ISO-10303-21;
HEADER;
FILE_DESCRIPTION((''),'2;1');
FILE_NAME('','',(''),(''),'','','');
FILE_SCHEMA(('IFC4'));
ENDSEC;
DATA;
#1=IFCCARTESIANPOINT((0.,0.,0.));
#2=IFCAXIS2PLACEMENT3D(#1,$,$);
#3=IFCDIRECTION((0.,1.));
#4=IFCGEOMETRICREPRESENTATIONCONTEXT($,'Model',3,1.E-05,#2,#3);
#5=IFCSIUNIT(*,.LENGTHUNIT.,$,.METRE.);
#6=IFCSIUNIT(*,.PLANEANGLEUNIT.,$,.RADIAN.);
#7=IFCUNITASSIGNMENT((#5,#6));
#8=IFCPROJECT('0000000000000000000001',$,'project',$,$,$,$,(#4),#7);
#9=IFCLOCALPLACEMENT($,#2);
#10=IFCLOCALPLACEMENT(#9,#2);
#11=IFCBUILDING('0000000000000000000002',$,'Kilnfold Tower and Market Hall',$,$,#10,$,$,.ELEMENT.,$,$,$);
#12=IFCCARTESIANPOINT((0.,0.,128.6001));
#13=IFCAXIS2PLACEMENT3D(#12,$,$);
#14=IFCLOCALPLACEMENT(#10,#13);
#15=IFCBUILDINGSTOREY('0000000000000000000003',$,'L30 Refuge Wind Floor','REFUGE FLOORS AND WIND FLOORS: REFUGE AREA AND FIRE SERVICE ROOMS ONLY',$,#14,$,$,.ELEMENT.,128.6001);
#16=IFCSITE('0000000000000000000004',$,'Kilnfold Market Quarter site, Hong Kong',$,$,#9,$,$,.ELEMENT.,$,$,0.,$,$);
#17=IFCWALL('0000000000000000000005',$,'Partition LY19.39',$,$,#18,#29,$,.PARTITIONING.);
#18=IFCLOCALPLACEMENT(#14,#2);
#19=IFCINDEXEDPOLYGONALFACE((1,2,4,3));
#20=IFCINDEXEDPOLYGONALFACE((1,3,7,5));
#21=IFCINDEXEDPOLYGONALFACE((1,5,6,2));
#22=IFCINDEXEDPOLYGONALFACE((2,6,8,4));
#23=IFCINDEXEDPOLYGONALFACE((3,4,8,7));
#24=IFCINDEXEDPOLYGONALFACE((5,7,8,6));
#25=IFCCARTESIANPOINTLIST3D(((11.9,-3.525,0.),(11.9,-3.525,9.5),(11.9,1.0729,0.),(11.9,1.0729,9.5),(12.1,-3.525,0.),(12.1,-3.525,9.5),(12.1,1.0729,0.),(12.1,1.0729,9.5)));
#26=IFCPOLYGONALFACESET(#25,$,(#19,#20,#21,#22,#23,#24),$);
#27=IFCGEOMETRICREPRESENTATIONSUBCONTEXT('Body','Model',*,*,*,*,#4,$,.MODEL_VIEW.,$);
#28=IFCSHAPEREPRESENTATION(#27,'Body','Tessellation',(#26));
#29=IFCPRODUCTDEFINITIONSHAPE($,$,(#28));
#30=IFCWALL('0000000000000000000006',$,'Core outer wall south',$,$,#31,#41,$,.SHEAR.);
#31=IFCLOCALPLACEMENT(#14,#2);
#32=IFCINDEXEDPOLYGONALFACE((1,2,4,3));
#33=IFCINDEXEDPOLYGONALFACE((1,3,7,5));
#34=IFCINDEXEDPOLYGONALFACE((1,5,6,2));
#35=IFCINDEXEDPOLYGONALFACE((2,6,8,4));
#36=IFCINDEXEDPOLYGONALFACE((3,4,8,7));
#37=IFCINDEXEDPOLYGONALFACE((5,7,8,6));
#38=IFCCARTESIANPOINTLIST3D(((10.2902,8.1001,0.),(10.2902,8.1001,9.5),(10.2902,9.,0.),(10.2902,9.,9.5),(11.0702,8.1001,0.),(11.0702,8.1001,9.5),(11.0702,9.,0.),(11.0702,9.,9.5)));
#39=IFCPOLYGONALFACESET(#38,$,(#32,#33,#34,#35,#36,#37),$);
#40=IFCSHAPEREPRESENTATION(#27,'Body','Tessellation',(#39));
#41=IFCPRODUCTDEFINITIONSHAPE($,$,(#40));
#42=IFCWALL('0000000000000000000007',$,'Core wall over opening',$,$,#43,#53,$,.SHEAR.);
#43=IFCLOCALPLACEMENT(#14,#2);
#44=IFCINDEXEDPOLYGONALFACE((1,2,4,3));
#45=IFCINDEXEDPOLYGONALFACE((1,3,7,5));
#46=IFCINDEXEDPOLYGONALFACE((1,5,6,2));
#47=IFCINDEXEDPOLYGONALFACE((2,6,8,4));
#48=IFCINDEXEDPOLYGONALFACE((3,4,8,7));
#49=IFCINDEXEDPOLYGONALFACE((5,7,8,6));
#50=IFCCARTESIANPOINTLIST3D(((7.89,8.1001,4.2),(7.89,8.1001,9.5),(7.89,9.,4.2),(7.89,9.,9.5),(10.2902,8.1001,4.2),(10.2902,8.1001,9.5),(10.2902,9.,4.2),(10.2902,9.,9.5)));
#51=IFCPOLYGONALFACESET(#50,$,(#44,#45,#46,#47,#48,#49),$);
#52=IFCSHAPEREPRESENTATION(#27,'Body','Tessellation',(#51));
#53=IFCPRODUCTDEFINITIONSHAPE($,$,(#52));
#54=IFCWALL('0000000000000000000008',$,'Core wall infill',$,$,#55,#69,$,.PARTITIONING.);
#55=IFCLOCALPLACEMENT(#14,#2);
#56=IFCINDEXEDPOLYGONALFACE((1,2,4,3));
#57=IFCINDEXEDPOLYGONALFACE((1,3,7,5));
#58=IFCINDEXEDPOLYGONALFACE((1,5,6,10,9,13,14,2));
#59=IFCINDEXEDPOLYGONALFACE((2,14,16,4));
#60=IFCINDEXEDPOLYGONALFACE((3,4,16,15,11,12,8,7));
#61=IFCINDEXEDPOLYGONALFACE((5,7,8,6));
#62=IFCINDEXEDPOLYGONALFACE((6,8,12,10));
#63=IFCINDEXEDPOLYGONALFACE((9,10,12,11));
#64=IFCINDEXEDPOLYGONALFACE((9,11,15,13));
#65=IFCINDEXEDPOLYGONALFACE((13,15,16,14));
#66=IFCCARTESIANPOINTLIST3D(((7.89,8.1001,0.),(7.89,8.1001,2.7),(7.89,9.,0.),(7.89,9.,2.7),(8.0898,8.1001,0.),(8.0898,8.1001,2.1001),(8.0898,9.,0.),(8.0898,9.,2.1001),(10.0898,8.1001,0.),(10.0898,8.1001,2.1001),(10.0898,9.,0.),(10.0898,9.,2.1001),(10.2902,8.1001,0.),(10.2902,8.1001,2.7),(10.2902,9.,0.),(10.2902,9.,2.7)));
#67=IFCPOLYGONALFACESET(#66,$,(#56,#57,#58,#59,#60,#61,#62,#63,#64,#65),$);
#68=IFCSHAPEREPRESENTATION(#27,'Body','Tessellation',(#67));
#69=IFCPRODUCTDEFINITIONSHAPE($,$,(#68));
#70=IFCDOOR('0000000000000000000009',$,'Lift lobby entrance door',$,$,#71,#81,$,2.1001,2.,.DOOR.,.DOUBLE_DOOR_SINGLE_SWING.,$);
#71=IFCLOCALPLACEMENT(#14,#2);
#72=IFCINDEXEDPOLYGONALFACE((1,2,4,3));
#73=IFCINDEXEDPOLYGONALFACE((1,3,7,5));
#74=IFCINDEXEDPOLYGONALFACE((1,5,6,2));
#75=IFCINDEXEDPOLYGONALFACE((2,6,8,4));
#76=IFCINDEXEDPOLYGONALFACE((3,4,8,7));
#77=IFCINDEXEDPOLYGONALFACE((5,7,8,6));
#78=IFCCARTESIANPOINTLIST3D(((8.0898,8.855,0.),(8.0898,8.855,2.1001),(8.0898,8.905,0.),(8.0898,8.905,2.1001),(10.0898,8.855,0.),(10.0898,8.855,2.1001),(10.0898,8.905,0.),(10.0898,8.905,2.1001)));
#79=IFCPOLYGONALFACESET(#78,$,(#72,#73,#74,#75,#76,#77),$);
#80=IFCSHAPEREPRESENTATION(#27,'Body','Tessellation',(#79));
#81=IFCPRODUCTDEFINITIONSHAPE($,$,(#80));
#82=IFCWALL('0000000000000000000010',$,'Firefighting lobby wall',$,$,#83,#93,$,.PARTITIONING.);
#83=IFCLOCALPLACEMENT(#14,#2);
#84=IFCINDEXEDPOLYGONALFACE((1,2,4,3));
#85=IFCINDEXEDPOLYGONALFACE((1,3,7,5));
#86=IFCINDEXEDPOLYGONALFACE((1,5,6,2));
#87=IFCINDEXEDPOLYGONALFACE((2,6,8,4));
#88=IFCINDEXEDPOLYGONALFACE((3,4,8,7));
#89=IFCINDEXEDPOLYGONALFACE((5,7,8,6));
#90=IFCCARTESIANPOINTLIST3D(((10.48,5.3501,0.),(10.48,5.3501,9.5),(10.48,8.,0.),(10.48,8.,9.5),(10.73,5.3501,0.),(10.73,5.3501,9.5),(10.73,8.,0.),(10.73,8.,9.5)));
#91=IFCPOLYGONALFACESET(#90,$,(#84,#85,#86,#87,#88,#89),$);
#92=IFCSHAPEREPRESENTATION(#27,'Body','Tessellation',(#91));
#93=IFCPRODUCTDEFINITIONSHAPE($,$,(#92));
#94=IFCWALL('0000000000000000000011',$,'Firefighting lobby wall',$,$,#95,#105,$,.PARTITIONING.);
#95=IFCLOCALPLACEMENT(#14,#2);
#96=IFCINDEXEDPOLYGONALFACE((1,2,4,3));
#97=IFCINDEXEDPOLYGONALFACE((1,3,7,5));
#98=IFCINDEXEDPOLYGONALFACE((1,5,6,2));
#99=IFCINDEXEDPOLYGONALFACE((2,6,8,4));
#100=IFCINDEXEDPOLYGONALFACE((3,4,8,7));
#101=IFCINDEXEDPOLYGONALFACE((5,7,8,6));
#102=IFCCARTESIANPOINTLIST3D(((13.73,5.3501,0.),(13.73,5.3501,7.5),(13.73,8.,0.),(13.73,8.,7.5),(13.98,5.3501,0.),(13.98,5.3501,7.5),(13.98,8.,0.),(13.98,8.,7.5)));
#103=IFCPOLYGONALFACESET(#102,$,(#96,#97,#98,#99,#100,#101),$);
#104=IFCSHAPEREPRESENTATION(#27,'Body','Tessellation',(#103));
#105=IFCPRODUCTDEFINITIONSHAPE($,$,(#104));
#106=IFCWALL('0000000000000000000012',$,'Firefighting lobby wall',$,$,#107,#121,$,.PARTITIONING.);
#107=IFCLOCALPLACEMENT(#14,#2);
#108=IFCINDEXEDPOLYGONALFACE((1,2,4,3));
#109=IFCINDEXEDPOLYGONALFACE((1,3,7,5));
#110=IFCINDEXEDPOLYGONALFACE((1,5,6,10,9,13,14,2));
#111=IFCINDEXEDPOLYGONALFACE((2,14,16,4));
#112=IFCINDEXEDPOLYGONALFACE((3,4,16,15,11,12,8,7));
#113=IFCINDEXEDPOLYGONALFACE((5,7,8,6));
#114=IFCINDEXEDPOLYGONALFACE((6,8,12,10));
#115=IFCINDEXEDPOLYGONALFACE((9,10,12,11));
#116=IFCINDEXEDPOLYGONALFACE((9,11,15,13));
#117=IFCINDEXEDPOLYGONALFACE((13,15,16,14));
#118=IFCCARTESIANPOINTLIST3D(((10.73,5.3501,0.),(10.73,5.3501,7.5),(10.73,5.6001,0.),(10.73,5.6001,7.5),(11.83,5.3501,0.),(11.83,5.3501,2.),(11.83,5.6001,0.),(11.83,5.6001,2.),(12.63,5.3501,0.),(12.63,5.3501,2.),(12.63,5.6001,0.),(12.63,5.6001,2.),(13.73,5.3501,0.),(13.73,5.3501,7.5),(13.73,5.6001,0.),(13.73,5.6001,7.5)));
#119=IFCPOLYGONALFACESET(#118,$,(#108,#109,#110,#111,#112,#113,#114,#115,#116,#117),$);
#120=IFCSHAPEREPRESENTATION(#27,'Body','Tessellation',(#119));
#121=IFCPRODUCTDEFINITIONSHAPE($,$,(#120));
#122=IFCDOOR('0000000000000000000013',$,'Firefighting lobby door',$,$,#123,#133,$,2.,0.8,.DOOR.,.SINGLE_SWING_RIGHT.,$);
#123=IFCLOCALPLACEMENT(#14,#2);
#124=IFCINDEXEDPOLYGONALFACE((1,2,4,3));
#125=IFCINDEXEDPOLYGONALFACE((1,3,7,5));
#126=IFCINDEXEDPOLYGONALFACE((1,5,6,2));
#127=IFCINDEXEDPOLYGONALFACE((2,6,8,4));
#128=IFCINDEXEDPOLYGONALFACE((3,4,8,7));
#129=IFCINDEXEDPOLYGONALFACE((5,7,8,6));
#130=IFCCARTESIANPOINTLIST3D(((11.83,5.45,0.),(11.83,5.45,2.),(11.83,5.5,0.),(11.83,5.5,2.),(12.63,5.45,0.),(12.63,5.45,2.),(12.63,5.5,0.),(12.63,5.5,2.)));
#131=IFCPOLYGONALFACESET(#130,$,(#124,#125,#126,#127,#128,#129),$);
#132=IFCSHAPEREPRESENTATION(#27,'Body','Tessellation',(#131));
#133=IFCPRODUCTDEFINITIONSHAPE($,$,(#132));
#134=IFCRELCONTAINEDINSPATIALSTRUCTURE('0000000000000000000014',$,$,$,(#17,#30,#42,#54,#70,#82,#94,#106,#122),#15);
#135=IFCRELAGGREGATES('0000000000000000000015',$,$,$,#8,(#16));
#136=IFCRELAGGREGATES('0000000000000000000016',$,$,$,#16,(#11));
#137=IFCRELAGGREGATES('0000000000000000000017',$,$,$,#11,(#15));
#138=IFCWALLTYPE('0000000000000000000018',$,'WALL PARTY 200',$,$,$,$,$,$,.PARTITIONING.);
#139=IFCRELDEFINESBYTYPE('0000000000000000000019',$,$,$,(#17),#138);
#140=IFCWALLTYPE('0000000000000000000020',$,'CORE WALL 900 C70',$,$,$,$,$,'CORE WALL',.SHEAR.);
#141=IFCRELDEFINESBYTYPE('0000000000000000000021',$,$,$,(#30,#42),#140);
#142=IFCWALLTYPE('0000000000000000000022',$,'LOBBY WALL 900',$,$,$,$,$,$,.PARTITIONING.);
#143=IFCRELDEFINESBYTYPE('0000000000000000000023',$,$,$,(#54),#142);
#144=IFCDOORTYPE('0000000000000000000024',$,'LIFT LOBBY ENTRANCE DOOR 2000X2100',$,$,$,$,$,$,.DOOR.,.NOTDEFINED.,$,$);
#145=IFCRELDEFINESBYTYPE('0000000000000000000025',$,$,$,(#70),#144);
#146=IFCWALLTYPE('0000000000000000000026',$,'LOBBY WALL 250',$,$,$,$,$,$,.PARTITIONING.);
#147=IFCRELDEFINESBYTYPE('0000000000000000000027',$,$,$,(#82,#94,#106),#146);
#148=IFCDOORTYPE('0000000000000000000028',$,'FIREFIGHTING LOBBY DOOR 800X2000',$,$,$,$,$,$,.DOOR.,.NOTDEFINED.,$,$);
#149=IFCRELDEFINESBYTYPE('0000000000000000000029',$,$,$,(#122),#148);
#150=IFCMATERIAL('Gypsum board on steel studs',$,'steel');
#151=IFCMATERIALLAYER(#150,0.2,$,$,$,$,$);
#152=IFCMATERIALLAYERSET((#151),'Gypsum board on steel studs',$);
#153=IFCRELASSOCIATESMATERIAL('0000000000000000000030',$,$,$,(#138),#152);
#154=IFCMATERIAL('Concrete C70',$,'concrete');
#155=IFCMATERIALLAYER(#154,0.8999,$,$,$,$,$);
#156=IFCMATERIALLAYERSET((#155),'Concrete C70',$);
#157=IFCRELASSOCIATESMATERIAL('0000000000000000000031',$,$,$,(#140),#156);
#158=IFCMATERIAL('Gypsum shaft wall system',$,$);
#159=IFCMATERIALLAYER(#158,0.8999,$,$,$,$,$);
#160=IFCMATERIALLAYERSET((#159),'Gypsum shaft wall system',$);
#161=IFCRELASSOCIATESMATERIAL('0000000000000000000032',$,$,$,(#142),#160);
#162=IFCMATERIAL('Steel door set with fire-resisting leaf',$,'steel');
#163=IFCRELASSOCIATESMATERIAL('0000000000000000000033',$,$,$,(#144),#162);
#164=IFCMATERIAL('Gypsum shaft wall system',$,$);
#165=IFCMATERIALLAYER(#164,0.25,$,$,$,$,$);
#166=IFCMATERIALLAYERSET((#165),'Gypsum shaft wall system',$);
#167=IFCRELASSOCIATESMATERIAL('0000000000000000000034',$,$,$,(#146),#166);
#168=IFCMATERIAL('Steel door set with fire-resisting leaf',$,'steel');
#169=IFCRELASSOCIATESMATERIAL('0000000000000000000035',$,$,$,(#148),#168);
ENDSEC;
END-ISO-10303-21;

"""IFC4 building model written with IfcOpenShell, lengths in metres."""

from ifc_helpers import new_model, si_unit, direction, frame, frame_2d, origin, place, context, subcontext, project, spatial, rectangle, extrude, source, transform, mapped, material, layer, layer_set, type_object, element, fill, save


model = new_model("IFC4")

# Units and contexts
model_context = context("Model", 3, precision=1e-05, world=origin(), true_north=direction((0.0, 1.0)))
body_context = subcontext(model_context, "Body", "Model", "MODEL_VIEW")
ifc_project = project(units=[si_unit("LENGTHUNIT", "METRE"), si_unit("PLANEANGLEUNIT", "RADIAN")], contexts=[model_context])

# Site, building, storey
site_placement = place(None, origin())
site = spatial("IfcSite", under=ifc_project, at=site_placement, Name="Kilnfold Market Quarter site, Hong Kong", CompositionType="ELEMENT", RefElevation=0.0)
building_placement = place(site_placement, origin())
building = spatial("IfcBuilding", under=site, at=building_placement, Name="Kilnfold Tower and Market Hall", CompositionType="ELEMENT")
storey_placement = place(building_placement, frame((0.0, 0.0, 128.6001)))
storey = spatial("IfcBuildingStorey", under=building, at=storey_placement, Name="L30 Refuge Wind Floor", Description="REFUGE FLOORS AND WIND FLOORS: REFUGE AREA AND FIRE SERVICE ROOMS ONLY", CompositionType="ELEMENT", Elevation=128.6001)

# Walls
ifc_material_1 = material(Name="Gypsum board on steel studs", Category="steel")
ifc_layer_1 = layer(ifc_material_1, 0.2)
ifc_layer_set_1 = layer_set([ifc_layer_1], Name="Gypsum board on steel studs")
wall_type_1 = type_object("IfcWallType", Name="WALL PARTY 200", PredefinedType="PARTITIONING", material=ifc_layer_set_1)
wall_1_placement = place(storey_placement, frame((12.0, -3.5249, 0.0), z_axis=(0.0, 0.0, 1.0), x_axis=(0.0, 1.0, 0.0)))
element("IfcWall", 1, at=wall_1_placement, inside=storey, type_object=wall_type_1, Name="Partition LY19.39", PredefinedType="PARTITIONING", context=body_context, shape_type="SweptSolid", body=[
    extrude(rectangle(XDim=4.5979, YDim=0.2, at=frame_2d((2.2988, 0.0))), origin(), (0.0, 0.0, 1.0), 9.5),
])
ifc_material_2 = material(Name="Concrete C70", Category="concrete")
ifc_layer_2 = layer(ifc_material_2, 0.8999)
ifc_layer_set_2 = layer_set([ifc_layer_2], Name="Concrete C70")
wall_type_2 = type_object("IfcWallType", Name="CORE WALL 900 C70", ElementType="CORE WALL", PredefinedType="SHEAR", material=ifc_layer_set_2)
shared_shape_1 = source(origin(), body_context, "Body", "SweptSolid", [
    extrude(rectangle(XDim=0.78, YDim=0.8999, at=frame_2d((0.3901, 0.0))), origin(), (0.0, 0.0, 1.0), 9.5),
])
wall_2_placement = place(storey_placement, frame((10.29, 8.55, 0.0), z_axis=(0.0, 0.0, 1.0), x_axis=(1.0, 0.0, 0.0)))
element("IfcWall", 2, at=wall_2_placement, inside=storey, type_object=wall_type_2, Name="Core outer wall south", PredefinedType="SHEAR", context=body_context, shape_type="MappedRepresentation", body=[
    mapped(shared_shape_1, transform((0.0, 0.0, 0.0))),
])
shared_shape_2 = source(origin(), body_context, "Body", "SweptSolid", [
    extrude(rectangle(XDim=2.4001, YDim=0.8999, at=frame_2d((1.2002, 0.0))), origin(), (0.0, 0.0, 1.0), 5.3),
])
wall_3_placement = place(storey_placement, frame((7.8899, 8.55, 4.2), z_axis=(0.0, 0.0, 1.0), x_axis=(1.0, 0.0, 0.0)))
element("IfcWall", 3, at=wall_3_placement, inside=storey, type_object=wall_type_2, Name="Core wall over opening", PredefinedType="SHEAR", context=body_context, shape_type="MappedRepresentation", body=[
    mapped(shared_shape_2, transform((0.0, 0.0, 0.0))),
])

# Wall, opening, door
ifc_material_3 = material(Name="Gypsum shaft wall system")
ifc_layer_3 = layer(ifc_material_3, 0.8999)
ifc_layer_set_3 = layer_set([ifc_layer_3], Name="Gypsum shaft wall system")
wall_type_3 = type_object("IfcWallType", Name="LOBBY WALL 900", PredefinedType="PARTITIONING", material=ifc_layer_set_3)
shared_shape_3 = source(origin(), body_context, "Body", "SweptSolid", [
    extrude(rectangle(XDim=2.4001, YDim=0.8999, at=frame_2d((1.2002, 0.0))), origin(), (0.0, 0.0, 1.0), 2.7),
])
wall_4_placement = place(storey_placement, frame((7.8899, 8.55, 0.0), z_axis=(0.0, 0.0, 1.0), x_axis=(1.0, 0.0, 0.0)))
wall_4 = element("IfcWall", 4, at=wall_4_placement, inside=storey, type_object=wall_type_3, Name="Core wall infill", PredefinedType="PARTITIONING", context=body_context, shape_type="MappedRepresentation", body=[
    mapped(shared_shape_3, transform((0.0, 0.0, 0.0))),
])
opening_1_placement = place(wall_4_placement, frame((0.2, 0.0, 0.0)))
opening_1 = element("IfcOpeningElement", 5, at=opening_1_placement, cuts=wall_4, PredefinedType="OPENING", context=body_context, shape_type="SweptSolid", body=[
    extrude(rectangle(XDim=2.0, YDim=2.1001, at=frame_2d((1.0, 1.05))), frame((0.0, 0.46, 0.0), z_axis=(0.0, -1.0, 0.0), x_axis=(1.0, 0.0, 0.0)), (0.0, 0.0, 1.0), 0.9199),
])
ifc_material_4 = material(Name="Steel door set with fire-resisting leaf", Category="steel")
door_type_1 = type_object("IfcDoorType", Name="LIFT LOBBY ENTRANCE DOOR 2000X2100", OperationType="NOTDEFINED", PredefinedType="DOOR", material=ifc_material_4)
door_1_placement = place(opening_1_placement, origin())
door_1 = element("IfcDoor", 6, at=door_1_placement, inside=storey, type_object=door_type_1, Name="Lift lobby entrance door", OperationType="DOUBLE_DOOR_SINGLE_SWING", OverallHeight=2.1001, OverallWidth=2.0, PredefinedType="DOOR", context=body_context, shape_type="SweptSolid", body=[
    extrude(rectangle(XDim=2.0, YDim=2.1001, at=frame_2d((1.0, 1.05))), frame((0.0, 0.355, 0.0), z_axis=(0.0, -1.0, 0.0), x_axis=(1.0, 0.0, 0.0)), (0.0, 0.0, 1.0), 0.05),
])
fill(opening_1, door_1)

# Walls
ifc_material_5 = material(Name="Gypsum shaft wall system")
ifc_layer_4 = layer(ifc_material_5, 0.25)
ifc_layer_set_4 = layer_set([ifc_layer_4], Name="Gypsum shaft wall system")
wall_type_4 = type_object("IfcWallType", Name="LOBBY WALL 250", PredefinedType="PARTITIONING", material=ifc_layer_set_4)
shared_shape_4 = source(origin(), body_context, "Body", "SweptSolid", [
    extrude(rectangle(XDim=2.6499, YDim=0.25, at=frame_2d((1.325, 0.0))), origin(), (0.0, 0.0, 1.0), 9.5),
])
wall_5_placement = place(storey_placement, frame((10.605, 5.3501, 0.0), z_axis=(0.0, 0.0, 1.0), x_axis=(0.0, 1.0, 0.0)))
element("IfcWall", 7, at=wall_5_placement, inside=storey, type_object=wall_type_4, Name="Firefighting lobby wall", PredefinedType="PARTITIONING", context=body_context, shape_type="MappedRepresentation", body=[
    mapped(shared_shape_4, transform((0.0, 0.0, 0.0))),
])
shared_shape_5 = source(origin(), body_context, "Body", "SweptSolid", [
    extrude(rectangle(XDim=2.6499, YDim=0.25, at=frame_2d((1.325, 0.0))), origin(), (0.0, 0.0, 1.0), 7.5),
])
wall_6_placement = place(storey_placement, frame((13.855, 5.3501, 0.0), z_axis=(0.0, 0.0, 1.0), x_axis=(0.0, 1.0, 0.0)))
element("IfcWall", 8, at=wall_6_placement, inside=storey, type_object=wall_type_4, Name="Firefighting lobby wall", PredefinedType="PARTITIONING", context=body_context, shape_type="MappedRepresentation", body=[
    mapped(shared_shape_5, transform((0.0, 0.0, 0.0))),
])

# Wall, opening, door
shared_shape_6 = source(origin(), body_context, "Body", "SweptSolid", [
    extrude(rectangle(XDim=3.0, YDim=0.25, at=frame_2d((1.5, 0.0))), origin(), (0.0, 0.0, 1.0), 7.5),
])
wall_7_placement = place(storey_placement, frame((10.73, 5.4751, 0.0), z_axis=(0.0, 0.0, 1.0), x_axis=(1.0, 0.0, 0.0)))
wall_7 = element("IfcWall", 9, at=wall_7_placement, inside=storey, type_object=wall_type_4, Name="Firefighting lobby wall", PredefinedType="PARTITIONING", context=body_context, shape_type="MappedRepresentation", body=[
    mapped(shared_shape_6, transform((0.0, 0.0, 0.0))),
])
opening_2_placement = place(wall_7_placement, frame((1.1001, 0.0, 0.0)))
opening_2 = element("IfcOpeningElement", 10, at=opening_2_placement, cuts=wall_7, PredefinedType="OPENING", context=body_context, shape_type="SweptSolid", body=[
    extrude(rectangle(XDim=0.8, YDim=2.0, at=frame_2d((0.3999, 1.0))), frame((0.0, 0.135, 0.0), z_axis=(0.0, -1.0, 0.0), x_axis=(1.0, 0.0, 0.0)), (0.0, 0.0, 1.0), 0.27),
])
ifc_material_6 = material(Name="Steel door set with fire-resisting leaf", Category="steel")
door_type_2 = type_object("IfcDoorType", Name="FIREFIGHTING LOBBY DOOR 800X2000", OperationType="NOTDEFINED", PredefinedType="DOOR", material=ifc_material_6)
door_2_placement = place(opening_2_placement, origin())
door_2 = element("IfcDoor", 11, at=door_2_placement, inside=storey, type_object=door_type_2, Name="Firefighting lobby door", OperationType="SINGLE_SWING_RIGHT", OverallHeight=2.0, OverallWidth=0.8, PredefinedType="DOOR", context=body_context, shape_type="SweptSolid", body=[
    extrude(rectangle(XDim=0.8, YDim=2.0, at=frame_2d((0.3999, 1.0))), frame((0.0, 0.0249, 0.0), z_axis=(0.0, -1.0, 0.0), x_axis=(1.0, 0.0, 0.0)), (0.0, 0.0, 1.0), 0.05),
])
fill(opening_2, door_2)

save(model, "model.ifc")
